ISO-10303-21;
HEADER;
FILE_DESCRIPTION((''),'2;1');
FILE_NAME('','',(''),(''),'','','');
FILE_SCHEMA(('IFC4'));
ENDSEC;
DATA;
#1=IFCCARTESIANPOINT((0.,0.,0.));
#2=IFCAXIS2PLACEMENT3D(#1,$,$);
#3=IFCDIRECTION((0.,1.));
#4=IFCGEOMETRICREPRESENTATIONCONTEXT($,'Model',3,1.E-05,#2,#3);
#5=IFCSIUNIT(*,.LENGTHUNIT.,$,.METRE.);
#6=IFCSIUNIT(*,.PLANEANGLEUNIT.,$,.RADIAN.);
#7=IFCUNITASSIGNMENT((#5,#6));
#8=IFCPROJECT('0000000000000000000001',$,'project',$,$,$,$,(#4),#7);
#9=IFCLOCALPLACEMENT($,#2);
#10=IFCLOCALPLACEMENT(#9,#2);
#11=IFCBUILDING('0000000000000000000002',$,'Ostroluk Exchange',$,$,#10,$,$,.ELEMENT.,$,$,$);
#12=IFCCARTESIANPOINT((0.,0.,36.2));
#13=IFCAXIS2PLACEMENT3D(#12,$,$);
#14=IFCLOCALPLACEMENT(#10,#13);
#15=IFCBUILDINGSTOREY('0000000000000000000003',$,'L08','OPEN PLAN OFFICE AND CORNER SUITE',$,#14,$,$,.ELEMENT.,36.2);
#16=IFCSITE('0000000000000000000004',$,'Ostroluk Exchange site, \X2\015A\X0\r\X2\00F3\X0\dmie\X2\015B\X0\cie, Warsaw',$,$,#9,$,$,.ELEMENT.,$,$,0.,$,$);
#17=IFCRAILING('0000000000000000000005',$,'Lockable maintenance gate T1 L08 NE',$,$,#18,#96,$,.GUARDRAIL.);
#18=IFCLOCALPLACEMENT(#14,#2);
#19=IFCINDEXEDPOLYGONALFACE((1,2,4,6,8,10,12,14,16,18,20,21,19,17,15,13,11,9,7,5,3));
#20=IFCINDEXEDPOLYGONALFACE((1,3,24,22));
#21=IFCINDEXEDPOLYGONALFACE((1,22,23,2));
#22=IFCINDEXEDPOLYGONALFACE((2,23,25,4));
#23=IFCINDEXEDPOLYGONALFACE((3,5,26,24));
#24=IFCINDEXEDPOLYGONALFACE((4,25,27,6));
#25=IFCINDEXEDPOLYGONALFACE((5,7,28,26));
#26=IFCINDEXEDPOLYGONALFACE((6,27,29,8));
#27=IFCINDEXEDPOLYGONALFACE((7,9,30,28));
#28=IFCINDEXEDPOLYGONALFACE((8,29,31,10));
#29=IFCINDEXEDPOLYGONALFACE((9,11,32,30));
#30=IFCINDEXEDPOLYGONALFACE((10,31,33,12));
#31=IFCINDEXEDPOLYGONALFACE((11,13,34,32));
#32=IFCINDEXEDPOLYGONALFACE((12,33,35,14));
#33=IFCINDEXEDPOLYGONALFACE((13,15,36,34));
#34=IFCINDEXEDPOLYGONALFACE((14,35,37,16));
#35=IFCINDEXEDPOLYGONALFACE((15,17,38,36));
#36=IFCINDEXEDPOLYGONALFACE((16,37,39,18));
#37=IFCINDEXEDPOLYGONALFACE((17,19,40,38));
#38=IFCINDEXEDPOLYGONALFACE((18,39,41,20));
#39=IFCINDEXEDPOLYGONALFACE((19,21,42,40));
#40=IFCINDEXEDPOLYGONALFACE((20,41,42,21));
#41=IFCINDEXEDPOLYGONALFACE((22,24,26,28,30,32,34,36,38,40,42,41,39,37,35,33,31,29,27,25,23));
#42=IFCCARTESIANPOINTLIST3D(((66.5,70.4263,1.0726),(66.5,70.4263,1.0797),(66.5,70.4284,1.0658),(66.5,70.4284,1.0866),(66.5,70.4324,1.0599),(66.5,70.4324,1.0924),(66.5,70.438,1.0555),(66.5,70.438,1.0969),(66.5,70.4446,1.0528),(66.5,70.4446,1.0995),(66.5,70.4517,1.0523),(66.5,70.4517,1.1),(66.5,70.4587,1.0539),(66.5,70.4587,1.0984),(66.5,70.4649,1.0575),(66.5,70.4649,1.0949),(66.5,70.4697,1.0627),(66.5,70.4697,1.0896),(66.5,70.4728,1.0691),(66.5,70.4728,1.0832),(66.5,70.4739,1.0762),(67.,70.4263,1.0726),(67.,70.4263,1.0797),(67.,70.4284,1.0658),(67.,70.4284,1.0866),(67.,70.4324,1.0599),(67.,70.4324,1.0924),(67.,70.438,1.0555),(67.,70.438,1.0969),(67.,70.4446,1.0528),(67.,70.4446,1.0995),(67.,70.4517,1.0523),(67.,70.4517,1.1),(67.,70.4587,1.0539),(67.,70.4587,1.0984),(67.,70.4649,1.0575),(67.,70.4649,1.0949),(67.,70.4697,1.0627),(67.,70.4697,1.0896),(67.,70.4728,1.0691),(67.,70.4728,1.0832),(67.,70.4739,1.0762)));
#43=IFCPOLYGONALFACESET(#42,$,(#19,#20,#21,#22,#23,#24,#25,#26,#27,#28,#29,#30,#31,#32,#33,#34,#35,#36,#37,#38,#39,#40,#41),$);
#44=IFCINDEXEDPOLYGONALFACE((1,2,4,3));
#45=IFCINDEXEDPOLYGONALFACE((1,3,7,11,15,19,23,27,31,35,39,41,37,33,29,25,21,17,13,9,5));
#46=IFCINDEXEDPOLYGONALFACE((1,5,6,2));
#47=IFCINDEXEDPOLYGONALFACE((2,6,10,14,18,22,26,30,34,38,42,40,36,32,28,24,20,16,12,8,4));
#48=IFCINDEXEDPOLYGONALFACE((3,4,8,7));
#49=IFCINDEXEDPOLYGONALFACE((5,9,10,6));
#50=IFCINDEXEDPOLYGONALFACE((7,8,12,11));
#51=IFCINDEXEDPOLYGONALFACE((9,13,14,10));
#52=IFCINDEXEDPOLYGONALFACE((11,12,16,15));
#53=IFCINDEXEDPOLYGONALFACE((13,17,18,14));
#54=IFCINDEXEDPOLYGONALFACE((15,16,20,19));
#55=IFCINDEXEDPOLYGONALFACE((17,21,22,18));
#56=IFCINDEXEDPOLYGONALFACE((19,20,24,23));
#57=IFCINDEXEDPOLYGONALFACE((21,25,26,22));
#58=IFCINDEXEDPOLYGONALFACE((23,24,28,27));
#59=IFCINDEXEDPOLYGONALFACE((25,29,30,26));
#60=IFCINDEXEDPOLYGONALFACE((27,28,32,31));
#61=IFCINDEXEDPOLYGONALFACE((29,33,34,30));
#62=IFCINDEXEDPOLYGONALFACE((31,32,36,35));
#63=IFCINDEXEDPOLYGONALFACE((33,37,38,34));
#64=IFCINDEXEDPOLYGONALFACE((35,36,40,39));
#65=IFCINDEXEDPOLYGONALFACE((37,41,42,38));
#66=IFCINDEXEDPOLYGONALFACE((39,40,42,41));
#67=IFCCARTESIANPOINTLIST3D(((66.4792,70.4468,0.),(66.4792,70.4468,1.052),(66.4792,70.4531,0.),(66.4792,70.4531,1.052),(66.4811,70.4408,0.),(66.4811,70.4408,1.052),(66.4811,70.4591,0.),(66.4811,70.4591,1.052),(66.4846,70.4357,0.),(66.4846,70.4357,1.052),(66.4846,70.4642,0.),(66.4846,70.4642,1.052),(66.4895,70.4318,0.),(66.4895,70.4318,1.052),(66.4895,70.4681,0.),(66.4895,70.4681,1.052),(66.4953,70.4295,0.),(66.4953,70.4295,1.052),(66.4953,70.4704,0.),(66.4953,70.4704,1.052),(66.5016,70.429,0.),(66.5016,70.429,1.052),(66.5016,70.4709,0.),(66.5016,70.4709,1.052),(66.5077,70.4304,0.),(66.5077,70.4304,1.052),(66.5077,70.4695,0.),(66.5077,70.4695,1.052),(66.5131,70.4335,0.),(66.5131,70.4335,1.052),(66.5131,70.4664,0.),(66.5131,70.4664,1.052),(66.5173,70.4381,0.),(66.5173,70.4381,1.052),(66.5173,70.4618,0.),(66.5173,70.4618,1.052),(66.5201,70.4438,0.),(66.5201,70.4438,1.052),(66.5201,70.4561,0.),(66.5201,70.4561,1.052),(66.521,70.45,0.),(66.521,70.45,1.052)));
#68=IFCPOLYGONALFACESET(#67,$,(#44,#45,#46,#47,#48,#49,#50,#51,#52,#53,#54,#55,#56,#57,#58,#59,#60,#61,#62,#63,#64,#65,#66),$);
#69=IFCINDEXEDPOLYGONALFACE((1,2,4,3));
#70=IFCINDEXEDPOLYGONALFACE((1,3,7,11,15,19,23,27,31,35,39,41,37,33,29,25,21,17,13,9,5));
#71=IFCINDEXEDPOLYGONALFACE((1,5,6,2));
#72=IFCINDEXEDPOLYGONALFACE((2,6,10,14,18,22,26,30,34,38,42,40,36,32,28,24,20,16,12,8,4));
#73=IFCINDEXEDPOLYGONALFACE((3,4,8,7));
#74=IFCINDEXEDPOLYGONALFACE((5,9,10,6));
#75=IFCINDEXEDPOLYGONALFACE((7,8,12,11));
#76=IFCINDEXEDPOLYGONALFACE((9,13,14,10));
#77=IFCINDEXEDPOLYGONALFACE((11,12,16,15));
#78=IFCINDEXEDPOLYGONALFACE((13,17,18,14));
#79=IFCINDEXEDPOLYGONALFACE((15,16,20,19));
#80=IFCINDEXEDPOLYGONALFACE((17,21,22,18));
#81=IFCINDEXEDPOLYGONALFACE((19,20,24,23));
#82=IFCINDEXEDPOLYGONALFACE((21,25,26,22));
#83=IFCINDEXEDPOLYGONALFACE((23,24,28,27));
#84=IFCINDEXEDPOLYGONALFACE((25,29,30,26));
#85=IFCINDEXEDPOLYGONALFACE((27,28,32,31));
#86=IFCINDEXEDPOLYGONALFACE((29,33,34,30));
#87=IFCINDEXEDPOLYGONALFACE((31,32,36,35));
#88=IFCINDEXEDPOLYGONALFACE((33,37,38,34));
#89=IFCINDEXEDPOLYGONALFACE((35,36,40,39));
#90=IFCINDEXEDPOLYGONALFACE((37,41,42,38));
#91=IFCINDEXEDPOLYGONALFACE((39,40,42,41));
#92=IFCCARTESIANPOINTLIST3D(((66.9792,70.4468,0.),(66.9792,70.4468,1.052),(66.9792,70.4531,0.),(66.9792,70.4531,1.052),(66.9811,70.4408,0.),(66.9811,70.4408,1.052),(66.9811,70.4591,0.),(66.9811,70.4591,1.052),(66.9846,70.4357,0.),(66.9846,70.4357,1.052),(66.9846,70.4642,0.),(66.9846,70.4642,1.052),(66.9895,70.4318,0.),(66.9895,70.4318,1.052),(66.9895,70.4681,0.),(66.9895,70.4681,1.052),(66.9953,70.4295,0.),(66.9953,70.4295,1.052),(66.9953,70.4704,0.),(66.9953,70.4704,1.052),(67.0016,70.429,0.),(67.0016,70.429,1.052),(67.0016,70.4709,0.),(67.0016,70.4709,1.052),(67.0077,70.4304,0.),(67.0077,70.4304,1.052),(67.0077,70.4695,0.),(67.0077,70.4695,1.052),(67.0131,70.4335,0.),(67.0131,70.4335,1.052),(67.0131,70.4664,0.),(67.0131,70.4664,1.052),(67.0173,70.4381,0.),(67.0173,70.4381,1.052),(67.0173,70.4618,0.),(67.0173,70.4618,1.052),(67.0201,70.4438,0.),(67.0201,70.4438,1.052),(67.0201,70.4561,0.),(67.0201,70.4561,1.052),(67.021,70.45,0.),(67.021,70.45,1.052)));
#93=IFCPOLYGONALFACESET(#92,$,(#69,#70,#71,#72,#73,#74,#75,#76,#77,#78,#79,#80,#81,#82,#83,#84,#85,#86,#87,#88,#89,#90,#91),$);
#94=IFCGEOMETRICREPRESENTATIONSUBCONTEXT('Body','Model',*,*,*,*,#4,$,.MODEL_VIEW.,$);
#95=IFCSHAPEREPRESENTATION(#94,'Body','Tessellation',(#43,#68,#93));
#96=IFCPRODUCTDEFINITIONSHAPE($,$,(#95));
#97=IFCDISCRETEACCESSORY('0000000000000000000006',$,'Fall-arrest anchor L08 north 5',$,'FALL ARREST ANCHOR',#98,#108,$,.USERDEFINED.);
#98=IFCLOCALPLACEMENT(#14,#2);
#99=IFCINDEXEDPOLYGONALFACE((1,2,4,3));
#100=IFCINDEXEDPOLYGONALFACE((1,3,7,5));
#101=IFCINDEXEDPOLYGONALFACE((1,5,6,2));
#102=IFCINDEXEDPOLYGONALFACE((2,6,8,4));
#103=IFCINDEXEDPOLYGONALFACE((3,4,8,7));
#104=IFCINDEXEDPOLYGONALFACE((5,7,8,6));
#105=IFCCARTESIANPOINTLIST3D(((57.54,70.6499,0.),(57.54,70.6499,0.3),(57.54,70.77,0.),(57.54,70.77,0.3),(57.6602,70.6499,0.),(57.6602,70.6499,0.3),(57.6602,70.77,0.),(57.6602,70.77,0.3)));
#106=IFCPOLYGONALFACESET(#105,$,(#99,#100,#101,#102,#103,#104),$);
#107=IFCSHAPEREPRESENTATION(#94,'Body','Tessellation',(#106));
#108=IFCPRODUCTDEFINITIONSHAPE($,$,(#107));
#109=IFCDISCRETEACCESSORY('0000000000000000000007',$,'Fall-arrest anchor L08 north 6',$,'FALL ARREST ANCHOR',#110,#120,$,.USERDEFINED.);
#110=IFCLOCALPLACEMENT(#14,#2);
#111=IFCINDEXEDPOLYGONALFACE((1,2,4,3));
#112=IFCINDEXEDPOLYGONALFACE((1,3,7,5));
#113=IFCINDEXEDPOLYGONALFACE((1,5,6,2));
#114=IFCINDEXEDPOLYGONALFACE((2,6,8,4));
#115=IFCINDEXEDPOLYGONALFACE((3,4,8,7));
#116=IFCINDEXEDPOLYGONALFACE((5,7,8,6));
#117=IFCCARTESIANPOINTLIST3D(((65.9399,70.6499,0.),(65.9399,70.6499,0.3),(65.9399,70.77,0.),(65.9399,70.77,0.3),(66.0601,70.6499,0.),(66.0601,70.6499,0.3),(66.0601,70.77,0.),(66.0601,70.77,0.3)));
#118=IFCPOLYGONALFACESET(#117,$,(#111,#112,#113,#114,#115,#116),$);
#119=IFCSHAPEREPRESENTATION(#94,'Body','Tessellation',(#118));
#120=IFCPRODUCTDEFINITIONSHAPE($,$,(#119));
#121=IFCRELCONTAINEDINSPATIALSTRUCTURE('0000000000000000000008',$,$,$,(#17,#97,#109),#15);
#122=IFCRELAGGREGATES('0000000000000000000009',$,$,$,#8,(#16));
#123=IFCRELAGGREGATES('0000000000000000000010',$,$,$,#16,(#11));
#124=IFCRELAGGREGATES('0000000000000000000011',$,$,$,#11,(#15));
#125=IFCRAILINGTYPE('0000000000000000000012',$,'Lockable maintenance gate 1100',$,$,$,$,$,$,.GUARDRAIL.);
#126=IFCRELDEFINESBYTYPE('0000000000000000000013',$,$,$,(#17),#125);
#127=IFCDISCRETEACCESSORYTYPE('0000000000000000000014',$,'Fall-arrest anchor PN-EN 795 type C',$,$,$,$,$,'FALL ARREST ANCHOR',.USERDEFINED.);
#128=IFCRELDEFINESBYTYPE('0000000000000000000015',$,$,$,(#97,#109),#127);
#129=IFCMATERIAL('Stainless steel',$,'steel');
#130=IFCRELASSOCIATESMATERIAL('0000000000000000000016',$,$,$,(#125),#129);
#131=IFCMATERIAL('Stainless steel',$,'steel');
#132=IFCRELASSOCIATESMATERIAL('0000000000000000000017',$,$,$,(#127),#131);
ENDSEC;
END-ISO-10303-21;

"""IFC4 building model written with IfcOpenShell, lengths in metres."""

from ifc_helpers import new_model, si_unit, direction, frame, origin, origin_2d, place, context, subcontext, project, spatial, rectangle, circle, extrude, material, type_object, element, save


model = new_model("IFC4")

# Units and contexts
model_context = context("Model", 3, precision=1e-05, world=origin(), true_north=direction((0.0, 1.0)))
body_context = subcontext(model_context, "Body", "Model", "MODEL_VIEW")
ifc_project = project(units=[si_unit("LENGTHUNIT", "METRE"), si_unit("PLANEANGLEUNIT", "RADIAN")], contexts=[model_context])

# Site, building, storey
site_placement = place(None, origin())
site = spatial("IfcSite", under=ifc_project, at=site_placement, Name="Ostroluk Exchange site, Śródmieście, Warsaw", CompositionType="ELEMENT", RefElevation=0.0)
building_placement = place(site_placement, origin())
building = spatial("IfcBuilding", under=site, at=building_placement, Name="Ostroluk Exchange", CompositionType="ELEMENT")
storey_placement = place(building_placement, frame((0.0, 0.0, 36.2)))
storey = spatial("IfcBuildingStorey", under=building, at=storey_placement, Name="L08", Description="OPEN PLAN OFFICE AND CORNER SUITE", CompositionType="ELEMENT", Elevation=36.2)

# Railing
ifc_material_1 = material(Name="Stainless steel", Category="steel")
railing_type_1 = type_object("IfcRailingType", Name="Lockable maintenance gate 1100", PredefinedType="GUARDRAIL", material=ifc_material_1)
railing_1_placement = place(storey_placement, frame((66.5, 70.45, 0.0)))
element("IfcRailing", 1, at=railing_1_placement, inside=storey, type_object=railing_type_1, Name="Lockable maintenance gate T1 L08 NE", PredefinedType="GUARDRAIL", context=body_context, shape_type="SweptSolid", body=[
    extrude(circle(Radius=0.0239, at=origin_2d()), frame((0.0, 0.0, 1.0762), z_axis=(1.0, 0.0, 0.0), x_axis=(0.0, 1.0, 0.0)), (0.0, 0.0, 1.0), 0.5),
    extrude(circle(Radius=0.021, at=origin_2d()), origin(), (0.0, 0.0, 1.0), 1.052),
    extrude(circle(Radius=0.021, at=origin_2d()), frame((0.5, 0.0, 0.0)), (0.0, 0.0, 1.0), 1.052),
])

# Discrete accessories
ifc_material_2 = material(Name="Stainless steel", Category="steel")
discrete_accessory_type = type_object("IfcDiscreteAccessoryType", Name="Fall-arrest anchor PN-EN 795 type C", ElementType="FALL ARREST ANCHOR", PredefinedType="USERDEFINED", material=ifc_material_2)
for number, where, z_axis, x_axis, name in (
    (2, (57.6001, 70.71, 0.0), (0.0, 0.0, 1.0), (1.0, 0.0, 0.0), "Fall-arrest anchor L08 north 5"),
    (3, (66.0, 70.71, 0.0), (0.0, 0.0, 1.0), (1.0, 0.0, 0.0), "Fall-arrest anchor L08 north 6"),
):
    element("IfcDiscreteAccessory", number, at=place(storey_placement, frame(where, z_axis=z_axis, x_axis=x_axis)), inside=storey, type_object=discrete_accessory_type, Name=name, ObjectType="FALL ARREST ANCHOR", PredefinedType="USERDEFINED", context=body_context, shape_type="SweptSolid", body=[
        extrude(rectangle(XDim=0.1201, YDim=0.1201, at=origin_2d()), origin(), (0.0, 0.0, 1.0), 0.3),
    ])

save(model, "model.ifc")
